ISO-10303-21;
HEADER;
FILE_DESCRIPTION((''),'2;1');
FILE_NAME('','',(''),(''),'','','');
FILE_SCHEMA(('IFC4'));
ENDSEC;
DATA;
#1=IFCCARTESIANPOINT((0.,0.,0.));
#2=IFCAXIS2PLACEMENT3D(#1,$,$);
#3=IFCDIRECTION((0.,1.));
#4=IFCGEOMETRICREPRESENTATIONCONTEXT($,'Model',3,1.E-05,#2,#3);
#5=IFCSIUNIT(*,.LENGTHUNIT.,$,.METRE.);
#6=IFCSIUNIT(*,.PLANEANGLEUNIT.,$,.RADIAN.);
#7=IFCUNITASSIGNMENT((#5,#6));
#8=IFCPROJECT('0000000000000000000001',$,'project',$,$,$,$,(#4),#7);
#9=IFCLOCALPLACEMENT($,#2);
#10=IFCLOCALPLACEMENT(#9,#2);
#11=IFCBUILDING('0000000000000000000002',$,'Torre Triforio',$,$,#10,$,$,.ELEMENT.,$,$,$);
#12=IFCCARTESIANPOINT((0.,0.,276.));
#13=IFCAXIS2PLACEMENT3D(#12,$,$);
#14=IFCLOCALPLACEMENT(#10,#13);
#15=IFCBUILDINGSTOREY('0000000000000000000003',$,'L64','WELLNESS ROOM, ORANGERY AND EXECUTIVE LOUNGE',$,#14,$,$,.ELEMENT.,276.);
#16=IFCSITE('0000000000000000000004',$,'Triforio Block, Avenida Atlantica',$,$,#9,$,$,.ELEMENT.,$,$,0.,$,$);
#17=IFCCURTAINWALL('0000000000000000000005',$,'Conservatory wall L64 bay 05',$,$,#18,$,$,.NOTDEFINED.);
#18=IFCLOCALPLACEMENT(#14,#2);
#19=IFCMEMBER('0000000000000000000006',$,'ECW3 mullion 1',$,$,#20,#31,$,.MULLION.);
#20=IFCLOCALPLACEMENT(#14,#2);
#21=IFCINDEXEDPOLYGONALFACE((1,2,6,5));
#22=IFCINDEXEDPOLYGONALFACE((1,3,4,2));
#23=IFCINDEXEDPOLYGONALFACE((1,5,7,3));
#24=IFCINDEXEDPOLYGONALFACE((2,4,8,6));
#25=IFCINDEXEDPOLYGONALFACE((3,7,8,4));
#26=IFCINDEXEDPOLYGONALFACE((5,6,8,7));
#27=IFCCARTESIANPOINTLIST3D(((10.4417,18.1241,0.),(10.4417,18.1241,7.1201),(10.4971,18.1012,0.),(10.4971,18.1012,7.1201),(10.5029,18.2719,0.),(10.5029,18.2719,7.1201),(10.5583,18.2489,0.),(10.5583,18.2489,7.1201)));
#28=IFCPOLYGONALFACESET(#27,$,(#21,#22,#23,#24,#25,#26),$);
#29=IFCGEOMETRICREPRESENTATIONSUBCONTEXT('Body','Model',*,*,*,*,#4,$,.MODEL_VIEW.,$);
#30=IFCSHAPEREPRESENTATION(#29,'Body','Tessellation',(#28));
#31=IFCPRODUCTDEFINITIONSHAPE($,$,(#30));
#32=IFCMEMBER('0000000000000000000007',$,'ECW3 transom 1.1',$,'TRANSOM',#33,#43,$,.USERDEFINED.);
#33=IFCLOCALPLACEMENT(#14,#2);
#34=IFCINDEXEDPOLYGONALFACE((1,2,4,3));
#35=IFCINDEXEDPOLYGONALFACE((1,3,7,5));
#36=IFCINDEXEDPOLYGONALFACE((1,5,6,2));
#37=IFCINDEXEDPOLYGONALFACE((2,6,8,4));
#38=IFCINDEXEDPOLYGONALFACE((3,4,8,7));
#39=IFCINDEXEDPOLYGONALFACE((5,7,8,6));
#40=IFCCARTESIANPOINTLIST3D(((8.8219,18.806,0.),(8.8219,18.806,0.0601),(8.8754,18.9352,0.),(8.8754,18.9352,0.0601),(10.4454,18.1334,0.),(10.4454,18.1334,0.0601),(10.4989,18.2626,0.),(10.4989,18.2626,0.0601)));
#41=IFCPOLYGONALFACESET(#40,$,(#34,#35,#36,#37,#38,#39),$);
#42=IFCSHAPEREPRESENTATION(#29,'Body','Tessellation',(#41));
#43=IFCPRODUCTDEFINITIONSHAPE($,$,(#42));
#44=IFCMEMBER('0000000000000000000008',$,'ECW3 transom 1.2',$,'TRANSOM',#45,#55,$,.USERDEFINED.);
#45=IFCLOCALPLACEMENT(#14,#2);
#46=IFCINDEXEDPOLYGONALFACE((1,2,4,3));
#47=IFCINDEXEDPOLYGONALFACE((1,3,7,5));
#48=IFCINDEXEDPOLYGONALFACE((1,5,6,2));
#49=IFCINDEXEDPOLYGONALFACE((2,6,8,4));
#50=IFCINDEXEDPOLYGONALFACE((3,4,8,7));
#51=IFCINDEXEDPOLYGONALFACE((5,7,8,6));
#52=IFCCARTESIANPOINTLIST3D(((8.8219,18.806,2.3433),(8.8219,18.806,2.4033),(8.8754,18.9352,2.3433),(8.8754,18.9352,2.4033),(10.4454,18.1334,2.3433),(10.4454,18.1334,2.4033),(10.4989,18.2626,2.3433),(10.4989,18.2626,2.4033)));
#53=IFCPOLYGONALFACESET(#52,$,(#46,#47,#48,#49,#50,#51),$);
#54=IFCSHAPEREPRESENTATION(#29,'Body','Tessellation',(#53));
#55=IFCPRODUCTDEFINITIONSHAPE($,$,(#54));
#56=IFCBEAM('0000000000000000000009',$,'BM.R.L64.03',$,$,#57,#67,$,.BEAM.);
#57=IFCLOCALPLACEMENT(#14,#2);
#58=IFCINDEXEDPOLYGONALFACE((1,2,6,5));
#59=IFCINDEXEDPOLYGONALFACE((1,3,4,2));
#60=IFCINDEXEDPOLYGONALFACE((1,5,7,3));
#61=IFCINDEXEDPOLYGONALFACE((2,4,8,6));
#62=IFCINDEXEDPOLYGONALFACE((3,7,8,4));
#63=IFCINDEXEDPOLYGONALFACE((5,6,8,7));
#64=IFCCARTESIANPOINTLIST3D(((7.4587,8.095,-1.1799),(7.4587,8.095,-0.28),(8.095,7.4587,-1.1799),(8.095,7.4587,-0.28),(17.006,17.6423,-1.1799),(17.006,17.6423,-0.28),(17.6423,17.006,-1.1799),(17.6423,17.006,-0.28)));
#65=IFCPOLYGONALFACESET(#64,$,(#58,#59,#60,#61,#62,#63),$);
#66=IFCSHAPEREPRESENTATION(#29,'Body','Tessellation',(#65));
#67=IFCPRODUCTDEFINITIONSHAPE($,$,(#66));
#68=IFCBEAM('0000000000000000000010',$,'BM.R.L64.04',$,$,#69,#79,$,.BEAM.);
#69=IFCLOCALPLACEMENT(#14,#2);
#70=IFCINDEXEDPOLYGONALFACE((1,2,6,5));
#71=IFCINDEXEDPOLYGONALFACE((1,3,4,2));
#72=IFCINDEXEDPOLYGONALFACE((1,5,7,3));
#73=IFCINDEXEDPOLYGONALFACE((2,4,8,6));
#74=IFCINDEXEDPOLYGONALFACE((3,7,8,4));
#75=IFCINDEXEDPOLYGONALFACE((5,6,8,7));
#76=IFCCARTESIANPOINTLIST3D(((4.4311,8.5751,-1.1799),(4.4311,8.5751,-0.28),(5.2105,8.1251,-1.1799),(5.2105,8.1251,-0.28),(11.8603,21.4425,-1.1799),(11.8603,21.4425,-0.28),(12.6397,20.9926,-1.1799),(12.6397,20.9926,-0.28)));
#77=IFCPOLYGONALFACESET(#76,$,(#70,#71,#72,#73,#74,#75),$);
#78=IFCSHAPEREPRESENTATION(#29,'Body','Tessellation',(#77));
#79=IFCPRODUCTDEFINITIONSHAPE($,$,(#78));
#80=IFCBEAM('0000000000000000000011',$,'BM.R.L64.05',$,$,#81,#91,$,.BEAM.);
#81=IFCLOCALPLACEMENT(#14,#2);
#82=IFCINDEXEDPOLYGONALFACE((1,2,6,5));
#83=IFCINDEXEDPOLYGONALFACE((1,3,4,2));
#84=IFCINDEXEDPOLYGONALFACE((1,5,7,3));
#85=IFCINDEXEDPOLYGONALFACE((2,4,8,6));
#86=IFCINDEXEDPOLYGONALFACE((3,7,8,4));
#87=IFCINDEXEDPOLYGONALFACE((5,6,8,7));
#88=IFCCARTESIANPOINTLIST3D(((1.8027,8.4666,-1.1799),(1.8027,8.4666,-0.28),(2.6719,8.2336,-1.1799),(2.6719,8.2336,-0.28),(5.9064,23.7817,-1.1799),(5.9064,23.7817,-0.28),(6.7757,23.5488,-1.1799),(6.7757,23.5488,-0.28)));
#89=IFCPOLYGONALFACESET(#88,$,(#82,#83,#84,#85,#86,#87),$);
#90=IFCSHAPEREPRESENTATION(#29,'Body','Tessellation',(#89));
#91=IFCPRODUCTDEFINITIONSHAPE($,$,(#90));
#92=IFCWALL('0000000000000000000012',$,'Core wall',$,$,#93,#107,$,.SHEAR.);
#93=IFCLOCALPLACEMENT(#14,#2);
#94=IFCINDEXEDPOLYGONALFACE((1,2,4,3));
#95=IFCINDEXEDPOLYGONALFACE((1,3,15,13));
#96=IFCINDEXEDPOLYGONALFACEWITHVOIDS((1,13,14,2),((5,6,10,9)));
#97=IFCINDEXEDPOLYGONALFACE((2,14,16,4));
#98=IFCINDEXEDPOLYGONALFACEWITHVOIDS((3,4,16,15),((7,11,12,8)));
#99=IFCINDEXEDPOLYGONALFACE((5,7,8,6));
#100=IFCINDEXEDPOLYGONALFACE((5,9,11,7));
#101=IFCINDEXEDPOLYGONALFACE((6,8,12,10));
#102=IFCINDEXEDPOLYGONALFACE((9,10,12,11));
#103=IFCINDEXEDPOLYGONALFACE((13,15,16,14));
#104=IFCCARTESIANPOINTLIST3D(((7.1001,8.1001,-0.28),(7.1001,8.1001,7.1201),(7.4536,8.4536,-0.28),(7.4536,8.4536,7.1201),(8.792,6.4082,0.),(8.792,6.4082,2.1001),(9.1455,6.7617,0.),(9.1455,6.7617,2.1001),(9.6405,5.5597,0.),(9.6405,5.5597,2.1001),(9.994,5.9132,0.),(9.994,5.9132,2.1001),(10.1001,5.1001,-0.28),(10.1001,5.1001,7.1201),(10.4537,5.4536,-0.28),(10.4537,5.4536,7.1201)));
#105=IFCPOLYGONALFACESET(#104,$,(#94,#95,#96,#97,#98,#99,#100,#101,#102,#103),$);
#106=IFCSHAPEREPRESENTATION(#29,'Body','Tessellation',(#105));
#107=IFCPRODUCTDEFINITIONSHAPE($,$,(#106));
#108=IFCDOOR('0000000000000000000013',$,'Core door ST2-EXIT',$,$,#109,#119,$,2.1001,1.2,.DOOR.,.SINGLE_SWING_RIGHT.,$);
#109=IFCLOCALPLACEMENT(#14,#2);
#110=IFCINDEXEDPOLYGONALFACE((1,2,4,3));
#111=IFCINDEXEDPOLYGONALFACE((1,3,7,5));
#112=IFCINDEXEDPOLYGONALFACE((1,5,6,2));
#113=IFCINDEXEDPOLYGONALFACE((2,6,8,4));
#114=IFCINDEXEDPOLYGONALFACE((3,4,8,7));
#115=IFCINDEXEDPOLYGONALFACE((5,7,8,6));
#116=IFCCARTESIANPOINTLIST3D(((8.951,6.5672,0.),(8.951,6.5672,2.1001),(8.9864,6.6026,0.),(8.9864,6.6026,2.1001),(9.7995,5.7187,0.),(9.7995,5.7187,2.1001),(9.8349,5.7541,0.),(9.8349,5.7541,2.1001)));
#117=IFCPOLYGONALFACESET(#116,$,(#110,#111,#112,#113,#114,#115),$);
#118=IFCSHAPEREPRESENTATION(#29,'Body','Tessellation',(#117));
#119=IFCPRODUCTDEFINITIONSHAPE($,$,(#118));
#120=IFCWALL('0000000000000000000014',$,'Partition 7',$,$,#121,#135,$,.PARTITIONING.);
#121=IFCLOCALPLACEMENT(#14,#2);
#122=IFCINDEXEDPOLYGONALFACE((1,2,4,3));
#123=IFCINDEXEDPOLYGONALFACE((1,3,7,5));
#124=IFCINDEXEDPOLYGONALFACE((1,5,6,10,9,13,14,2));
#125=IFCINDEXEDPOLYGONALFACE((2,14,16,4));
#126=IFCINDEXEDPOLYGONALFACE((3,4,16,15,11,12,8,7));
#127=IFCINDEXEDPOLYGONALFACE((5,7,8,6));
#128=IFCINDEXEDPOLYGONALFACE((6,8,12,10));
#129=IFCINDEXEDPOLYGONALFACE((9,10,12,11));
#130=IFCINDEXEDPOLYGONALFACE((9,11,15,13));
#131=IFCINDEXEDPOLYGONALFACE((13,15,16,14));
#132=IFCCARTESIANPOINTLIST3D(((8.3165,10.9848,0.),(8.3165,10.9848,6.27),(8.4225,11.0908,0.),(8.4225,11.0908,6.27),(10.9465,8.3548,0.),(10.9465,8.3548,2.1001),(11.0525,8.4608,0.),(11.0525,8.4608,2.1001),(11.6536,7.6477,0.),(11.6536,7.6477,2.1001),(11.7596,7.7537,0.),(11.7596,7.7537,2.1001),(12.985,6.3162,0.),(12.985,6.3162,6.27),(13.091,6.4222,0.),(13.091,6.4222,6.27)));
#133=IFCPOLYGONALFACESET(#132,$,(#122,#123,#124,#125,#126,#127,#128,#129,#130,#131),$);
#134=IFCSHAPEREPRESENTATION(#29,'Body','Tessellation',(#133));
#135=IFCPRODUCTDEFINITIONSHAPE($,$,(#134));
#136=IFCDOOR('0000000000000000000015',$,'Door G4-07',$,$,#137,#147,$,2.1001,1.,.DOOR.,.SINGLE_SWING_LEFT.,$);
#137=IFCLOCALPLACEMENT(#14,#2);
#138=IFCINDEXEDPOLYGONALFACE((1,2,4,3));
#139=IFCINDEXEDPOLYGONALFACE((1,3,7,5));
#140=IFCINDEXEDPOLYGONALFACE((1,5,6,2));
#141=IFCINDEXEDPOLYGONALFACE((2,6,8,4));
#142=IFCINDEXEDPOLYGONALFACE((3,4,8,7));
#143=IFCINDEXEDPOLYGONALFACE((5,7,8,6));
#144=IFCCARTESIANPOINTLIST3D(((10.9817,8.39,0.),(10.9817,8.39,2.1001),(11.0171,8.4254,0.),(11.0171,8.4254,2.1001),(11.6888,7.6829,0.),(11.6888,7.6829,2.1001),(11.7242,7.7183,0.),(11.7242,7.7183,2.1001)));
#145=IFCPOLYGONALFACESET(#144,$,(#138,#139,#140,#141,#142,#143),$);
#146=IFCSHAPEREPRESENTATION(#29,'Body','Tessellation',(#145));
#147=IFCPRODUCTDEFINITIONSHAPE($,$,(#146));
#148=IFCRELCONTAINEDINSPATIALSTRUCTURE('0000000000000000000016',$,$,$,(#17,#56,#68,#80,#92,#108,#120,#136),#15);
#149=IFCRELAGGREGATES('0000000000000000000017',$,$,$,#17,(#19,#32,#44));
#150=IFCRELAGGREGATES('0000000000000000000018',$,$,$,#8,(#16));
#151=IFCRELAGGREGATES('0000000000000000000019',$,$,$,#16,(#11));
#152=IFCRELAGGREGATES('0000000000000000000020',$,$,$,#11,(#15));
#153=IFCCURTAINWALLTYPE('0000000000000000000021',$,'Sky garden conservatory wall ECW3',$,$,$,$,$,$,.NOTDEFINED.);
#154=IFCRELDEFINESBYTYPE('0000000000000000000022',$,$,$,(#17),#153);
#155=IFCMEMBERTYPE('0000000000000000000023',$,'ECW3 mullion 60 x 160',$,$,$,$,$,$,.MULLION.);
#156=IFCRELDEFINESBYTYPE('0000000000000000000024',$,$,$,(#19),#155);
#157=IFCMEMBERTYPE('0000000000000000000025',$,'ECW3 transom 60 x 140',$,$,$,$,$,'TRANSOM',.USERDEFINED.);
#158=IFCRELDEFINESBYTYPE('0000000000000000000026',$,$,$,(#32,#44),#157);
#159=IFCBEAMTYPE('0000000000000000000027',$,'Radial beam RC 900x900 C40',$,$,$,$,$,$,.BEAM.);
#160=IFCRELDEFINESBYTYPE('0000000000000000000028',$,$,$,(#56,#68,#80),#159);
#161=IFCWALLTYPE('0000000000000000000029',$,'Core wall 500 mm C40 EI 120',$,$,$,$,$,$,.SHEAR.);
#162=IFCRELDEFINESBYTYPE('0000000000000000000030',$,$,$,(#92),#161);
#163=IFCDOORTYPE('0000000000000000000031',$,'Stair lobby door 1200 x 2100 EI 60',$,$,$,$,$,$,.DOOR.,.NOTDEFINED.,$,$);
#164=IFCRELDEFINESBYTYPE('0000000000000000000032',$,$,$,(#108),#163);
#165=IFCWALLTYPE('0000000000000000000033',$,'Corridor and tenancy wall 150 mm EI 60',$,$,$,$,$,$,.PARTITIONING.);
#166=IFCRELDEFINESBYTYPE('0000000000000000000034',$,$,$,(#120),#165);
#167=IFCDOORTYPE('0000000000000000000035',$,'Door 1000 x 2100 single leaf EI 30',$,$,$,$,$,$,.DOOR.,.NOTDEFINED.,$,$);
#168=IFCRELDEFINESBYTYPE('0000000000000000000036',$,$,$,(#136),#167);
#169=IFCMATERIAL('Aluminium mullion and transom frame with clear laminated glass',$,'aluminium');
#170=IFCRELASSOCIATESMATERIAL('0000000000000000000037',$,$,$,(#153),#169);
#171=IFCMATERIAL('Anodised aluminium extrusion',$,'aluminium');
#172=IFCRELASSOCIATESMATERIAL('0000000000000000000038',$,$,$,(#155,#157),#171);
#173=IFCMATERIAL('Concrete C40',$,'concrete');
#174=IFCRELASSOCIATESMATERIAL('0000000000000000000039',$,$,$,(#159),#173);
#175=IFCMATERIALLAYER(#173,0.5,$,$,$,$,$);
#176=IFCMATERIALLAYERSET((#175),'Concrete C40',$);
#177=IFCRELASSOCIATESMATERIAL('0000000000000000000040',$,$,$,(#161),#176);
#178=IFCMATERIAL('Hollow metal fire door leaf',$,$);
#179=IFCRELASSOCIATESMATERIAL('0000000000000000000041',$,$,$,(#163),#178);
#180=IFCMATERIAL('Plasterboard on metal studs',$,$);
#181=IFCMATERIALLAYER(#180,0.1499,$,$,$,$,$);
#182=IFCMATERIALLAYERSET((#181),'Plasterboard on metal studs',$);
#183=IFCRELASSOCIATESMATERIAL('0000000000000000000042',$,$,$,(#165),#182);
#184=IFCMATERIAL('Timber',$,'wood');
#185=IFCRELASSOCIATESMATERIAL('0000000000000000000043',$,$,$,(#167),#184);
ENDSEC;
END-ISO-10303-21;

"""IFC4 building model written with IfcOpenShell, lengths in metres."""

from ifc_helpers import new_model, si_unit, direction, frame, frame_2d, origin, origin_2d, place, context, subcontext, project, spatial, rectangle, extrude, material, layer, layer_set, material_profile, profile_set, type_object, element, fill, aggregate, save


model = new_model("IFC4")

# Units and contexts
model_context = context("Model", 3, precision=1e-05, world=origin(), true_north=direction((0.0, 1.0)))
body_context = subcontext(model_context, "Body", "Model", "MODEL_VIEW")
ifc_project = project(units=[si_unit("LENGTHUNIT", "METRE"), si_unit("PLANEANGLEUNIT", "RADIAN")], contexts=[model_context])

# Site, building, storey
site_placement = place(None, origin())
site = spatial("IfcSite", under=ifc_project, at=site_placement, Name="Triforio Block, Avenida Atlantica", CompositionType="ELEMENT", RefElevation=0.0)
building_placement = place(site_placement, origin())
building = spatial("IfcBuilding", under=site, at=building_placement, Name="Torre Triforio", CompositionType="ELEMENT")
storey_placement = place(building_placement, frame((0.0, 0.0, 276.0)))
storey = spatial("IfcBuildingStorey", under=building, at=storey_placement, Name="L64", Description="WELLNESS ROOM, ORANGERY AND EXECUTIVE LOUNGE", CompositionType="ELEMENT", Elevation=276.0)

# Curtain wall, members
ifc_material_1 = material(Name="Aluminium mullion and transom frame with clear laminated glass", Category="aluminium")
curtain_wall_type = type_object("IfcCurtainWallType", Name="Sky garden conservatory wall ECW3", PredefinedType="NOTDEFINED", material=ifc_material_1)
curtain_wall_placement = place(storey_placement, origin())
curtain_wall = element("IfcCurtainWall", 1, at=curtain_wall_placement, inside=storey, type_object=curtain_wall_type, Name="Conservatory wall L64 bay 05", PredefinedType="NOTDEFINED")
ifc_material_2 = material(Name="Anodised aluminium extrusion", Category="aluminium")
ifc_material_profile_1 = material_profile(ifc_material_2, rectangle(XDim=0.1599, YDim=0.0601, at=origin_2d()), Name="ECW3 MULLION 60x160")
ifc_profile_set_1 = profile_set([ifc_material_profile_1], Name="Anodised aluminium extrusion")
member_type_1 = type_object("IfcMemberType", Name="ECW3 mullion 60 x 160", PredefinedType="MULLION", material=ifc_profile_set_1)
member_1_placement = place(storey_placement, frame((10.5, 18.1865, 0.0), z_axis=(0.0, 0.0, 1.0), x_axis=(-0.382675, -0.923883, 0.0)))
member_1 = element("IfcMember", 2, at=member_1_placement, type_object=member_type_1, Name="ECW3 mullion 1", PredefinedType="MULLION", context=body_context, shape_type="SweptSolid", body=[
    extrude(rectangle(XDim=0.1599, YDim=0.0601, at=origin_2d()), origin(), (0.0, 0.0, 1.0), 7.1201),
])
ifc_material_profile_2 = material_profile(ifc_material_2, rectangle(XDim=0.1399, YDim=0.0601, at=origin_2d()), Name="ECW3 TRANSOM 60x140")
ifc_profile_set_2 = profile_set([ifc_material_profile_2], Name="Anodised aluminium extrusion")
member_type_2 = type_object("IfcMemberType", Name="ECW3 transom 60 x 140", ElementType="TRANSOM", PredefinedType="USERDEFINED", material=ifc_profile_set_2)
member_2_placement = place(storey_placement, frame((10.4722, 18.198, 0.03), z_axis=(-0.923856, 0.38274, 0.0), x_axis=(-0.38274, -0.923856, 0.0)))
member_2 = element("IfcMember", 3, at=member_2_placement, type_object=member_type_2, Name="ECW3 transom 1.1", ObjectType="TRANSOM", PredefinedType="USERDEFINED", context=body_context, shape_type="SweptSolid", body=[
    extrude(rectangle(XDim=0.1399, YDim=0.0601, at=origin_2d()), origin(), (0.0, 0.0, 1.0), 1.7573),
])
member_3_placement = place(storey_placement, frame((10.4722, 18.198, 2.3733), z_axis=(-0.923856, 0.38274, 0.0), x_axis=(-0.38274, -0.923856, 0.0)))
member_3 = element("IfcMember", 4, at=member_3_placement, type_object=member_type_2, Name="ECW3 transom 1.2", ObjectType="TRANSOM", PredefinedType="USERDEFINED", context=body_context, shape_type="SweptSolid", body=[
    extrude(rectangle(XDim=0.1399, YDim=0.0601, at=origin_2d()), origin(), (0.0, 0.0, 1.0), 1.7573),
])
aggregate(curtain_wall, [member_1, member_2, member_3])

# Beams
ifc_material_3 = material(Name="Concrete C40", Category="concrete")
ifc_material_profile_3 = material_profile(ifc_material_3, rectangle(XDim=0.8999, YDim=0.8999, at=origin_2d()), Name="RC 900x900")
ifc_profile_set_3 = profile_set([ifc_material_profile_3], Name="Concrete C40")
beam_type = type_object("IfcBeamType", Name="Radial beam RC 900x900 C40", PredefinedType="BEAM", material=ifc_profile_set_3)
beam_1_placement = place(storey_placement, frame((7.7769, 7.7769, -0.73), z_axis=(0.707107, 0.707107, 0.0), x_axis=(-0.707107, 0.707107, 0.0)))
element("IfcBeam", 5, at=beam_1_placement, inside=storey, type_object=beam_type, Name="BM.R.L64.03", PredefinedType="BEAM", context=body_context, shape_type="SweptSolid", body=[
    extrude(rectangle(XDim=0.8999, YDim=0.8999, at=origin_2d()), origin(), (0.0, 0.0, 1.0), 13.502),
])
beam_2_placement = place(storey_placement, frame((4.8208, 8.3501, -0.73), z_axis=(0.500009, 0.86602, 0.0), x_axis=(-0.86602, 0.500009, 0.0)))
element("IfcBeam", 6, at=beam_2_placement, inside=storey, type_object=beam_type, Name="BM.R.L64.04", PredefinedType="BEAM", context=body_context, shape_type="SweptSolid", body=[
    extrude(rectangle(XDim=0.8999, YDim=0.8999, at=origin_2d()), origin(), (0.0, 0.0, 1.0), 14.8582),
])
beam_3_placement = place(storey_placement, frame((2.2373, 8.3501, -0.73), z_axis=(0.258823, 0.965925, 0.0), x_axis=(-0.965925, 0.258823, 0.0)))
element("IfcBeam", 7, at=beam_3_placement, inside=storey, type_object=beam_type, Name="BM.R.L64.05", PredefinedType="BEAM", context=body_context, shape_type="SweptSolid", body=[
    extrude(rectangle(XDim=0.8999, YDim=0.8999, at=origin_2d()), origin(), (0.0, 0.0, 1.0), 15.8555),
])

# Walls, openings, doors
ifc_layer_1 = layer(ifc_material_3, 0.5)
ifc_layer_set_1 = layer_set([ifc_layer_1], Name="Concrete C40")
wall_type_1 = type_object("IfcWallType", Name="Core wall 500 mm C40 EI 120", PredefinedType="SHEAR", material=ifc_layer_set_1)
wall_1_placement = place(storey_placement, frame((7.2769, 8.2769, -0.28), z_axis=(0.0, 0.0, 1.0), x_axis=(0.707107, -0.707107, 0.0)))
wall_1 = element("IfcWall", 8, at=wall_1_placement, inside=storey, type_object=wall_type_1, Name="Core wall", PredefinedType="SHEAR", context=body_context, shape_type="SweptSolid", body=[
    extrude(rectangle(XDim=4.2427, YDim=0.5, at=frame_2d((2.1213, 0.0))), origin(), (0.0, 0.0, 1.0), 7.4001),
])
opening_1_placement = place(wall_1_placement, frame((2.3926, 0.0, 0.28)))
opening_1 = element("IfcOpeningElement", 9, at=opening_1_placement, cuts=wall_1, PredefinedType="OPENING", context=body_context, shape_type="SweptSolid", body=[
    extrude(rectangle(XDim=1.2, YDim=2.1001, at=frame_2d((0.6001, 1.05))), frame((0.0, 0.26, 0.0), z_axis=(0.0, -1.0, 0.0), x_axis=(1.0, 0.0, 0.0)), (0.0, 0.0, 1.0), 0.52),
])
ifc_material_4 = material(Name="Hollow metal fire door leaf")
door_type_1 = type_object("IfcDoorType", Name="Stair lobby door 1200 x 2100 EI 60", OperationType="NOTDEFINED", PredefinedType="DOOR", material=ifc_material_4)
door_1_placement = place(opening_1_placement, origin())
door_1 = element("IfcDoor", 10, at=door_1_placement, inside=storey, type_object=door_type_1, Name="Core door ST2-EXIT", OperationType="SINGLE_SWING_RIGHT", OverallHeight=2.1001, OverallWidth=1.2, PredefinedType="DOOR", context=body_context, shape_type="SweptSolid", body=[
    extrude(rectangle(XDim=1.2, YDim=2.1001, at=frame_2d((0.6001, 1.05))), frame((0.0, 0.0249, 0.0), z_axis=(0.0, -1.0, 0.0), x_axis=(1.0, 0.0, 0.0)), (0.0, 0.0, 1.0), 0.05),
])
fill(opening_1, door_1)
ifc_material_5 = material(Name="Plasterboard on metal studs")
ifc_layer_2 = layer(ifc_material_5, 0.1499)
ifc_layer_set_2 = layer_set([ifc_layer_2], Name="Plasterboard on metal studs")
wall_type_2 = type_object("IfcWallType", Name="Corridor and tenancy wall 150 mm EI 60", PredefinedType="PARTITIONING", material=ifc_layer_set_2)
wall_2_placement = place(storey_placement, frame((8.3694, 11.0378, 0.0), z_axis=(0.0, 0.0, 1.0), x_axis=(0.707107, -0.707107, 0.0)))
wall_2 = element("IfcWall", 11, at=wall_2_placement, inside=storey, type_object=wall_type_2, Name="Partition 7", PredefinedType="PARTITIONING", context=body_context, shape_type="SweptSolid", body=[
    extrude(rectangle(XDim=6.6023, YDim=0.1499, at=frame_2d((3.3013, 0.0))), origin(), (0.0, 0.0, 1.0), 6.27),
])
opening_2_placement = place(wall_2_placement, frame((3.7195, 0.0, 0.0)))
opening_2 = element("IfcOpeningElement", 12, at=opening_2_placement, cuts=wall_2, PredefinedType="OPENING", context=body_context, shape_type="SweptSolid", body=[
    extrude(rectangle(XDim=1.0, YDim=2.1001, at=frame_2d((0.5, 1.05))), frame((0.0, 0.085, 0.0), z_axis=(0.0, -1.0, 0.0), x_axis=(1.0, 0.0, 0.0)), (0.0, 0.0, 1.0), 0.1699),
])
ifc_material_6 = material(Name="Timber", Category="wood")
door_type_2 = type_object("IfcDoorType", Name="Door 1000 x 2100 single leaf EI 30", OperationType="NOTDEFINED", PredefinedType="DOOR", material=ifc_material_6)
door_2_placement = place(opening_2_placement, origin())
door_2 = element("IfcDoor", 13, at=door_2_placement, inside=storey, type_object=door_type_2, Name="Door G4-07", OperationType="SINGLE_SWING_LEFT", OverallHeight=2.1001, OverallWidth=1.0, PredefinedType="DOOR", context=body_context, shape_type="SweptSolid", body=[
    extrude(rectangle(XDim=1.0, YDim=2.1001, at=frame_2d((0.5, 1.05))), frame((0.0, 0.0249, 0.0), z_axis=(0.0, -1.0, 0.0), x_axis=(1.0, 0.0, 0.0)), (0.0, 0.0, 1.0), 0.05),
])
fill(opening_2, door_2)

save(model, "model.ifc")
